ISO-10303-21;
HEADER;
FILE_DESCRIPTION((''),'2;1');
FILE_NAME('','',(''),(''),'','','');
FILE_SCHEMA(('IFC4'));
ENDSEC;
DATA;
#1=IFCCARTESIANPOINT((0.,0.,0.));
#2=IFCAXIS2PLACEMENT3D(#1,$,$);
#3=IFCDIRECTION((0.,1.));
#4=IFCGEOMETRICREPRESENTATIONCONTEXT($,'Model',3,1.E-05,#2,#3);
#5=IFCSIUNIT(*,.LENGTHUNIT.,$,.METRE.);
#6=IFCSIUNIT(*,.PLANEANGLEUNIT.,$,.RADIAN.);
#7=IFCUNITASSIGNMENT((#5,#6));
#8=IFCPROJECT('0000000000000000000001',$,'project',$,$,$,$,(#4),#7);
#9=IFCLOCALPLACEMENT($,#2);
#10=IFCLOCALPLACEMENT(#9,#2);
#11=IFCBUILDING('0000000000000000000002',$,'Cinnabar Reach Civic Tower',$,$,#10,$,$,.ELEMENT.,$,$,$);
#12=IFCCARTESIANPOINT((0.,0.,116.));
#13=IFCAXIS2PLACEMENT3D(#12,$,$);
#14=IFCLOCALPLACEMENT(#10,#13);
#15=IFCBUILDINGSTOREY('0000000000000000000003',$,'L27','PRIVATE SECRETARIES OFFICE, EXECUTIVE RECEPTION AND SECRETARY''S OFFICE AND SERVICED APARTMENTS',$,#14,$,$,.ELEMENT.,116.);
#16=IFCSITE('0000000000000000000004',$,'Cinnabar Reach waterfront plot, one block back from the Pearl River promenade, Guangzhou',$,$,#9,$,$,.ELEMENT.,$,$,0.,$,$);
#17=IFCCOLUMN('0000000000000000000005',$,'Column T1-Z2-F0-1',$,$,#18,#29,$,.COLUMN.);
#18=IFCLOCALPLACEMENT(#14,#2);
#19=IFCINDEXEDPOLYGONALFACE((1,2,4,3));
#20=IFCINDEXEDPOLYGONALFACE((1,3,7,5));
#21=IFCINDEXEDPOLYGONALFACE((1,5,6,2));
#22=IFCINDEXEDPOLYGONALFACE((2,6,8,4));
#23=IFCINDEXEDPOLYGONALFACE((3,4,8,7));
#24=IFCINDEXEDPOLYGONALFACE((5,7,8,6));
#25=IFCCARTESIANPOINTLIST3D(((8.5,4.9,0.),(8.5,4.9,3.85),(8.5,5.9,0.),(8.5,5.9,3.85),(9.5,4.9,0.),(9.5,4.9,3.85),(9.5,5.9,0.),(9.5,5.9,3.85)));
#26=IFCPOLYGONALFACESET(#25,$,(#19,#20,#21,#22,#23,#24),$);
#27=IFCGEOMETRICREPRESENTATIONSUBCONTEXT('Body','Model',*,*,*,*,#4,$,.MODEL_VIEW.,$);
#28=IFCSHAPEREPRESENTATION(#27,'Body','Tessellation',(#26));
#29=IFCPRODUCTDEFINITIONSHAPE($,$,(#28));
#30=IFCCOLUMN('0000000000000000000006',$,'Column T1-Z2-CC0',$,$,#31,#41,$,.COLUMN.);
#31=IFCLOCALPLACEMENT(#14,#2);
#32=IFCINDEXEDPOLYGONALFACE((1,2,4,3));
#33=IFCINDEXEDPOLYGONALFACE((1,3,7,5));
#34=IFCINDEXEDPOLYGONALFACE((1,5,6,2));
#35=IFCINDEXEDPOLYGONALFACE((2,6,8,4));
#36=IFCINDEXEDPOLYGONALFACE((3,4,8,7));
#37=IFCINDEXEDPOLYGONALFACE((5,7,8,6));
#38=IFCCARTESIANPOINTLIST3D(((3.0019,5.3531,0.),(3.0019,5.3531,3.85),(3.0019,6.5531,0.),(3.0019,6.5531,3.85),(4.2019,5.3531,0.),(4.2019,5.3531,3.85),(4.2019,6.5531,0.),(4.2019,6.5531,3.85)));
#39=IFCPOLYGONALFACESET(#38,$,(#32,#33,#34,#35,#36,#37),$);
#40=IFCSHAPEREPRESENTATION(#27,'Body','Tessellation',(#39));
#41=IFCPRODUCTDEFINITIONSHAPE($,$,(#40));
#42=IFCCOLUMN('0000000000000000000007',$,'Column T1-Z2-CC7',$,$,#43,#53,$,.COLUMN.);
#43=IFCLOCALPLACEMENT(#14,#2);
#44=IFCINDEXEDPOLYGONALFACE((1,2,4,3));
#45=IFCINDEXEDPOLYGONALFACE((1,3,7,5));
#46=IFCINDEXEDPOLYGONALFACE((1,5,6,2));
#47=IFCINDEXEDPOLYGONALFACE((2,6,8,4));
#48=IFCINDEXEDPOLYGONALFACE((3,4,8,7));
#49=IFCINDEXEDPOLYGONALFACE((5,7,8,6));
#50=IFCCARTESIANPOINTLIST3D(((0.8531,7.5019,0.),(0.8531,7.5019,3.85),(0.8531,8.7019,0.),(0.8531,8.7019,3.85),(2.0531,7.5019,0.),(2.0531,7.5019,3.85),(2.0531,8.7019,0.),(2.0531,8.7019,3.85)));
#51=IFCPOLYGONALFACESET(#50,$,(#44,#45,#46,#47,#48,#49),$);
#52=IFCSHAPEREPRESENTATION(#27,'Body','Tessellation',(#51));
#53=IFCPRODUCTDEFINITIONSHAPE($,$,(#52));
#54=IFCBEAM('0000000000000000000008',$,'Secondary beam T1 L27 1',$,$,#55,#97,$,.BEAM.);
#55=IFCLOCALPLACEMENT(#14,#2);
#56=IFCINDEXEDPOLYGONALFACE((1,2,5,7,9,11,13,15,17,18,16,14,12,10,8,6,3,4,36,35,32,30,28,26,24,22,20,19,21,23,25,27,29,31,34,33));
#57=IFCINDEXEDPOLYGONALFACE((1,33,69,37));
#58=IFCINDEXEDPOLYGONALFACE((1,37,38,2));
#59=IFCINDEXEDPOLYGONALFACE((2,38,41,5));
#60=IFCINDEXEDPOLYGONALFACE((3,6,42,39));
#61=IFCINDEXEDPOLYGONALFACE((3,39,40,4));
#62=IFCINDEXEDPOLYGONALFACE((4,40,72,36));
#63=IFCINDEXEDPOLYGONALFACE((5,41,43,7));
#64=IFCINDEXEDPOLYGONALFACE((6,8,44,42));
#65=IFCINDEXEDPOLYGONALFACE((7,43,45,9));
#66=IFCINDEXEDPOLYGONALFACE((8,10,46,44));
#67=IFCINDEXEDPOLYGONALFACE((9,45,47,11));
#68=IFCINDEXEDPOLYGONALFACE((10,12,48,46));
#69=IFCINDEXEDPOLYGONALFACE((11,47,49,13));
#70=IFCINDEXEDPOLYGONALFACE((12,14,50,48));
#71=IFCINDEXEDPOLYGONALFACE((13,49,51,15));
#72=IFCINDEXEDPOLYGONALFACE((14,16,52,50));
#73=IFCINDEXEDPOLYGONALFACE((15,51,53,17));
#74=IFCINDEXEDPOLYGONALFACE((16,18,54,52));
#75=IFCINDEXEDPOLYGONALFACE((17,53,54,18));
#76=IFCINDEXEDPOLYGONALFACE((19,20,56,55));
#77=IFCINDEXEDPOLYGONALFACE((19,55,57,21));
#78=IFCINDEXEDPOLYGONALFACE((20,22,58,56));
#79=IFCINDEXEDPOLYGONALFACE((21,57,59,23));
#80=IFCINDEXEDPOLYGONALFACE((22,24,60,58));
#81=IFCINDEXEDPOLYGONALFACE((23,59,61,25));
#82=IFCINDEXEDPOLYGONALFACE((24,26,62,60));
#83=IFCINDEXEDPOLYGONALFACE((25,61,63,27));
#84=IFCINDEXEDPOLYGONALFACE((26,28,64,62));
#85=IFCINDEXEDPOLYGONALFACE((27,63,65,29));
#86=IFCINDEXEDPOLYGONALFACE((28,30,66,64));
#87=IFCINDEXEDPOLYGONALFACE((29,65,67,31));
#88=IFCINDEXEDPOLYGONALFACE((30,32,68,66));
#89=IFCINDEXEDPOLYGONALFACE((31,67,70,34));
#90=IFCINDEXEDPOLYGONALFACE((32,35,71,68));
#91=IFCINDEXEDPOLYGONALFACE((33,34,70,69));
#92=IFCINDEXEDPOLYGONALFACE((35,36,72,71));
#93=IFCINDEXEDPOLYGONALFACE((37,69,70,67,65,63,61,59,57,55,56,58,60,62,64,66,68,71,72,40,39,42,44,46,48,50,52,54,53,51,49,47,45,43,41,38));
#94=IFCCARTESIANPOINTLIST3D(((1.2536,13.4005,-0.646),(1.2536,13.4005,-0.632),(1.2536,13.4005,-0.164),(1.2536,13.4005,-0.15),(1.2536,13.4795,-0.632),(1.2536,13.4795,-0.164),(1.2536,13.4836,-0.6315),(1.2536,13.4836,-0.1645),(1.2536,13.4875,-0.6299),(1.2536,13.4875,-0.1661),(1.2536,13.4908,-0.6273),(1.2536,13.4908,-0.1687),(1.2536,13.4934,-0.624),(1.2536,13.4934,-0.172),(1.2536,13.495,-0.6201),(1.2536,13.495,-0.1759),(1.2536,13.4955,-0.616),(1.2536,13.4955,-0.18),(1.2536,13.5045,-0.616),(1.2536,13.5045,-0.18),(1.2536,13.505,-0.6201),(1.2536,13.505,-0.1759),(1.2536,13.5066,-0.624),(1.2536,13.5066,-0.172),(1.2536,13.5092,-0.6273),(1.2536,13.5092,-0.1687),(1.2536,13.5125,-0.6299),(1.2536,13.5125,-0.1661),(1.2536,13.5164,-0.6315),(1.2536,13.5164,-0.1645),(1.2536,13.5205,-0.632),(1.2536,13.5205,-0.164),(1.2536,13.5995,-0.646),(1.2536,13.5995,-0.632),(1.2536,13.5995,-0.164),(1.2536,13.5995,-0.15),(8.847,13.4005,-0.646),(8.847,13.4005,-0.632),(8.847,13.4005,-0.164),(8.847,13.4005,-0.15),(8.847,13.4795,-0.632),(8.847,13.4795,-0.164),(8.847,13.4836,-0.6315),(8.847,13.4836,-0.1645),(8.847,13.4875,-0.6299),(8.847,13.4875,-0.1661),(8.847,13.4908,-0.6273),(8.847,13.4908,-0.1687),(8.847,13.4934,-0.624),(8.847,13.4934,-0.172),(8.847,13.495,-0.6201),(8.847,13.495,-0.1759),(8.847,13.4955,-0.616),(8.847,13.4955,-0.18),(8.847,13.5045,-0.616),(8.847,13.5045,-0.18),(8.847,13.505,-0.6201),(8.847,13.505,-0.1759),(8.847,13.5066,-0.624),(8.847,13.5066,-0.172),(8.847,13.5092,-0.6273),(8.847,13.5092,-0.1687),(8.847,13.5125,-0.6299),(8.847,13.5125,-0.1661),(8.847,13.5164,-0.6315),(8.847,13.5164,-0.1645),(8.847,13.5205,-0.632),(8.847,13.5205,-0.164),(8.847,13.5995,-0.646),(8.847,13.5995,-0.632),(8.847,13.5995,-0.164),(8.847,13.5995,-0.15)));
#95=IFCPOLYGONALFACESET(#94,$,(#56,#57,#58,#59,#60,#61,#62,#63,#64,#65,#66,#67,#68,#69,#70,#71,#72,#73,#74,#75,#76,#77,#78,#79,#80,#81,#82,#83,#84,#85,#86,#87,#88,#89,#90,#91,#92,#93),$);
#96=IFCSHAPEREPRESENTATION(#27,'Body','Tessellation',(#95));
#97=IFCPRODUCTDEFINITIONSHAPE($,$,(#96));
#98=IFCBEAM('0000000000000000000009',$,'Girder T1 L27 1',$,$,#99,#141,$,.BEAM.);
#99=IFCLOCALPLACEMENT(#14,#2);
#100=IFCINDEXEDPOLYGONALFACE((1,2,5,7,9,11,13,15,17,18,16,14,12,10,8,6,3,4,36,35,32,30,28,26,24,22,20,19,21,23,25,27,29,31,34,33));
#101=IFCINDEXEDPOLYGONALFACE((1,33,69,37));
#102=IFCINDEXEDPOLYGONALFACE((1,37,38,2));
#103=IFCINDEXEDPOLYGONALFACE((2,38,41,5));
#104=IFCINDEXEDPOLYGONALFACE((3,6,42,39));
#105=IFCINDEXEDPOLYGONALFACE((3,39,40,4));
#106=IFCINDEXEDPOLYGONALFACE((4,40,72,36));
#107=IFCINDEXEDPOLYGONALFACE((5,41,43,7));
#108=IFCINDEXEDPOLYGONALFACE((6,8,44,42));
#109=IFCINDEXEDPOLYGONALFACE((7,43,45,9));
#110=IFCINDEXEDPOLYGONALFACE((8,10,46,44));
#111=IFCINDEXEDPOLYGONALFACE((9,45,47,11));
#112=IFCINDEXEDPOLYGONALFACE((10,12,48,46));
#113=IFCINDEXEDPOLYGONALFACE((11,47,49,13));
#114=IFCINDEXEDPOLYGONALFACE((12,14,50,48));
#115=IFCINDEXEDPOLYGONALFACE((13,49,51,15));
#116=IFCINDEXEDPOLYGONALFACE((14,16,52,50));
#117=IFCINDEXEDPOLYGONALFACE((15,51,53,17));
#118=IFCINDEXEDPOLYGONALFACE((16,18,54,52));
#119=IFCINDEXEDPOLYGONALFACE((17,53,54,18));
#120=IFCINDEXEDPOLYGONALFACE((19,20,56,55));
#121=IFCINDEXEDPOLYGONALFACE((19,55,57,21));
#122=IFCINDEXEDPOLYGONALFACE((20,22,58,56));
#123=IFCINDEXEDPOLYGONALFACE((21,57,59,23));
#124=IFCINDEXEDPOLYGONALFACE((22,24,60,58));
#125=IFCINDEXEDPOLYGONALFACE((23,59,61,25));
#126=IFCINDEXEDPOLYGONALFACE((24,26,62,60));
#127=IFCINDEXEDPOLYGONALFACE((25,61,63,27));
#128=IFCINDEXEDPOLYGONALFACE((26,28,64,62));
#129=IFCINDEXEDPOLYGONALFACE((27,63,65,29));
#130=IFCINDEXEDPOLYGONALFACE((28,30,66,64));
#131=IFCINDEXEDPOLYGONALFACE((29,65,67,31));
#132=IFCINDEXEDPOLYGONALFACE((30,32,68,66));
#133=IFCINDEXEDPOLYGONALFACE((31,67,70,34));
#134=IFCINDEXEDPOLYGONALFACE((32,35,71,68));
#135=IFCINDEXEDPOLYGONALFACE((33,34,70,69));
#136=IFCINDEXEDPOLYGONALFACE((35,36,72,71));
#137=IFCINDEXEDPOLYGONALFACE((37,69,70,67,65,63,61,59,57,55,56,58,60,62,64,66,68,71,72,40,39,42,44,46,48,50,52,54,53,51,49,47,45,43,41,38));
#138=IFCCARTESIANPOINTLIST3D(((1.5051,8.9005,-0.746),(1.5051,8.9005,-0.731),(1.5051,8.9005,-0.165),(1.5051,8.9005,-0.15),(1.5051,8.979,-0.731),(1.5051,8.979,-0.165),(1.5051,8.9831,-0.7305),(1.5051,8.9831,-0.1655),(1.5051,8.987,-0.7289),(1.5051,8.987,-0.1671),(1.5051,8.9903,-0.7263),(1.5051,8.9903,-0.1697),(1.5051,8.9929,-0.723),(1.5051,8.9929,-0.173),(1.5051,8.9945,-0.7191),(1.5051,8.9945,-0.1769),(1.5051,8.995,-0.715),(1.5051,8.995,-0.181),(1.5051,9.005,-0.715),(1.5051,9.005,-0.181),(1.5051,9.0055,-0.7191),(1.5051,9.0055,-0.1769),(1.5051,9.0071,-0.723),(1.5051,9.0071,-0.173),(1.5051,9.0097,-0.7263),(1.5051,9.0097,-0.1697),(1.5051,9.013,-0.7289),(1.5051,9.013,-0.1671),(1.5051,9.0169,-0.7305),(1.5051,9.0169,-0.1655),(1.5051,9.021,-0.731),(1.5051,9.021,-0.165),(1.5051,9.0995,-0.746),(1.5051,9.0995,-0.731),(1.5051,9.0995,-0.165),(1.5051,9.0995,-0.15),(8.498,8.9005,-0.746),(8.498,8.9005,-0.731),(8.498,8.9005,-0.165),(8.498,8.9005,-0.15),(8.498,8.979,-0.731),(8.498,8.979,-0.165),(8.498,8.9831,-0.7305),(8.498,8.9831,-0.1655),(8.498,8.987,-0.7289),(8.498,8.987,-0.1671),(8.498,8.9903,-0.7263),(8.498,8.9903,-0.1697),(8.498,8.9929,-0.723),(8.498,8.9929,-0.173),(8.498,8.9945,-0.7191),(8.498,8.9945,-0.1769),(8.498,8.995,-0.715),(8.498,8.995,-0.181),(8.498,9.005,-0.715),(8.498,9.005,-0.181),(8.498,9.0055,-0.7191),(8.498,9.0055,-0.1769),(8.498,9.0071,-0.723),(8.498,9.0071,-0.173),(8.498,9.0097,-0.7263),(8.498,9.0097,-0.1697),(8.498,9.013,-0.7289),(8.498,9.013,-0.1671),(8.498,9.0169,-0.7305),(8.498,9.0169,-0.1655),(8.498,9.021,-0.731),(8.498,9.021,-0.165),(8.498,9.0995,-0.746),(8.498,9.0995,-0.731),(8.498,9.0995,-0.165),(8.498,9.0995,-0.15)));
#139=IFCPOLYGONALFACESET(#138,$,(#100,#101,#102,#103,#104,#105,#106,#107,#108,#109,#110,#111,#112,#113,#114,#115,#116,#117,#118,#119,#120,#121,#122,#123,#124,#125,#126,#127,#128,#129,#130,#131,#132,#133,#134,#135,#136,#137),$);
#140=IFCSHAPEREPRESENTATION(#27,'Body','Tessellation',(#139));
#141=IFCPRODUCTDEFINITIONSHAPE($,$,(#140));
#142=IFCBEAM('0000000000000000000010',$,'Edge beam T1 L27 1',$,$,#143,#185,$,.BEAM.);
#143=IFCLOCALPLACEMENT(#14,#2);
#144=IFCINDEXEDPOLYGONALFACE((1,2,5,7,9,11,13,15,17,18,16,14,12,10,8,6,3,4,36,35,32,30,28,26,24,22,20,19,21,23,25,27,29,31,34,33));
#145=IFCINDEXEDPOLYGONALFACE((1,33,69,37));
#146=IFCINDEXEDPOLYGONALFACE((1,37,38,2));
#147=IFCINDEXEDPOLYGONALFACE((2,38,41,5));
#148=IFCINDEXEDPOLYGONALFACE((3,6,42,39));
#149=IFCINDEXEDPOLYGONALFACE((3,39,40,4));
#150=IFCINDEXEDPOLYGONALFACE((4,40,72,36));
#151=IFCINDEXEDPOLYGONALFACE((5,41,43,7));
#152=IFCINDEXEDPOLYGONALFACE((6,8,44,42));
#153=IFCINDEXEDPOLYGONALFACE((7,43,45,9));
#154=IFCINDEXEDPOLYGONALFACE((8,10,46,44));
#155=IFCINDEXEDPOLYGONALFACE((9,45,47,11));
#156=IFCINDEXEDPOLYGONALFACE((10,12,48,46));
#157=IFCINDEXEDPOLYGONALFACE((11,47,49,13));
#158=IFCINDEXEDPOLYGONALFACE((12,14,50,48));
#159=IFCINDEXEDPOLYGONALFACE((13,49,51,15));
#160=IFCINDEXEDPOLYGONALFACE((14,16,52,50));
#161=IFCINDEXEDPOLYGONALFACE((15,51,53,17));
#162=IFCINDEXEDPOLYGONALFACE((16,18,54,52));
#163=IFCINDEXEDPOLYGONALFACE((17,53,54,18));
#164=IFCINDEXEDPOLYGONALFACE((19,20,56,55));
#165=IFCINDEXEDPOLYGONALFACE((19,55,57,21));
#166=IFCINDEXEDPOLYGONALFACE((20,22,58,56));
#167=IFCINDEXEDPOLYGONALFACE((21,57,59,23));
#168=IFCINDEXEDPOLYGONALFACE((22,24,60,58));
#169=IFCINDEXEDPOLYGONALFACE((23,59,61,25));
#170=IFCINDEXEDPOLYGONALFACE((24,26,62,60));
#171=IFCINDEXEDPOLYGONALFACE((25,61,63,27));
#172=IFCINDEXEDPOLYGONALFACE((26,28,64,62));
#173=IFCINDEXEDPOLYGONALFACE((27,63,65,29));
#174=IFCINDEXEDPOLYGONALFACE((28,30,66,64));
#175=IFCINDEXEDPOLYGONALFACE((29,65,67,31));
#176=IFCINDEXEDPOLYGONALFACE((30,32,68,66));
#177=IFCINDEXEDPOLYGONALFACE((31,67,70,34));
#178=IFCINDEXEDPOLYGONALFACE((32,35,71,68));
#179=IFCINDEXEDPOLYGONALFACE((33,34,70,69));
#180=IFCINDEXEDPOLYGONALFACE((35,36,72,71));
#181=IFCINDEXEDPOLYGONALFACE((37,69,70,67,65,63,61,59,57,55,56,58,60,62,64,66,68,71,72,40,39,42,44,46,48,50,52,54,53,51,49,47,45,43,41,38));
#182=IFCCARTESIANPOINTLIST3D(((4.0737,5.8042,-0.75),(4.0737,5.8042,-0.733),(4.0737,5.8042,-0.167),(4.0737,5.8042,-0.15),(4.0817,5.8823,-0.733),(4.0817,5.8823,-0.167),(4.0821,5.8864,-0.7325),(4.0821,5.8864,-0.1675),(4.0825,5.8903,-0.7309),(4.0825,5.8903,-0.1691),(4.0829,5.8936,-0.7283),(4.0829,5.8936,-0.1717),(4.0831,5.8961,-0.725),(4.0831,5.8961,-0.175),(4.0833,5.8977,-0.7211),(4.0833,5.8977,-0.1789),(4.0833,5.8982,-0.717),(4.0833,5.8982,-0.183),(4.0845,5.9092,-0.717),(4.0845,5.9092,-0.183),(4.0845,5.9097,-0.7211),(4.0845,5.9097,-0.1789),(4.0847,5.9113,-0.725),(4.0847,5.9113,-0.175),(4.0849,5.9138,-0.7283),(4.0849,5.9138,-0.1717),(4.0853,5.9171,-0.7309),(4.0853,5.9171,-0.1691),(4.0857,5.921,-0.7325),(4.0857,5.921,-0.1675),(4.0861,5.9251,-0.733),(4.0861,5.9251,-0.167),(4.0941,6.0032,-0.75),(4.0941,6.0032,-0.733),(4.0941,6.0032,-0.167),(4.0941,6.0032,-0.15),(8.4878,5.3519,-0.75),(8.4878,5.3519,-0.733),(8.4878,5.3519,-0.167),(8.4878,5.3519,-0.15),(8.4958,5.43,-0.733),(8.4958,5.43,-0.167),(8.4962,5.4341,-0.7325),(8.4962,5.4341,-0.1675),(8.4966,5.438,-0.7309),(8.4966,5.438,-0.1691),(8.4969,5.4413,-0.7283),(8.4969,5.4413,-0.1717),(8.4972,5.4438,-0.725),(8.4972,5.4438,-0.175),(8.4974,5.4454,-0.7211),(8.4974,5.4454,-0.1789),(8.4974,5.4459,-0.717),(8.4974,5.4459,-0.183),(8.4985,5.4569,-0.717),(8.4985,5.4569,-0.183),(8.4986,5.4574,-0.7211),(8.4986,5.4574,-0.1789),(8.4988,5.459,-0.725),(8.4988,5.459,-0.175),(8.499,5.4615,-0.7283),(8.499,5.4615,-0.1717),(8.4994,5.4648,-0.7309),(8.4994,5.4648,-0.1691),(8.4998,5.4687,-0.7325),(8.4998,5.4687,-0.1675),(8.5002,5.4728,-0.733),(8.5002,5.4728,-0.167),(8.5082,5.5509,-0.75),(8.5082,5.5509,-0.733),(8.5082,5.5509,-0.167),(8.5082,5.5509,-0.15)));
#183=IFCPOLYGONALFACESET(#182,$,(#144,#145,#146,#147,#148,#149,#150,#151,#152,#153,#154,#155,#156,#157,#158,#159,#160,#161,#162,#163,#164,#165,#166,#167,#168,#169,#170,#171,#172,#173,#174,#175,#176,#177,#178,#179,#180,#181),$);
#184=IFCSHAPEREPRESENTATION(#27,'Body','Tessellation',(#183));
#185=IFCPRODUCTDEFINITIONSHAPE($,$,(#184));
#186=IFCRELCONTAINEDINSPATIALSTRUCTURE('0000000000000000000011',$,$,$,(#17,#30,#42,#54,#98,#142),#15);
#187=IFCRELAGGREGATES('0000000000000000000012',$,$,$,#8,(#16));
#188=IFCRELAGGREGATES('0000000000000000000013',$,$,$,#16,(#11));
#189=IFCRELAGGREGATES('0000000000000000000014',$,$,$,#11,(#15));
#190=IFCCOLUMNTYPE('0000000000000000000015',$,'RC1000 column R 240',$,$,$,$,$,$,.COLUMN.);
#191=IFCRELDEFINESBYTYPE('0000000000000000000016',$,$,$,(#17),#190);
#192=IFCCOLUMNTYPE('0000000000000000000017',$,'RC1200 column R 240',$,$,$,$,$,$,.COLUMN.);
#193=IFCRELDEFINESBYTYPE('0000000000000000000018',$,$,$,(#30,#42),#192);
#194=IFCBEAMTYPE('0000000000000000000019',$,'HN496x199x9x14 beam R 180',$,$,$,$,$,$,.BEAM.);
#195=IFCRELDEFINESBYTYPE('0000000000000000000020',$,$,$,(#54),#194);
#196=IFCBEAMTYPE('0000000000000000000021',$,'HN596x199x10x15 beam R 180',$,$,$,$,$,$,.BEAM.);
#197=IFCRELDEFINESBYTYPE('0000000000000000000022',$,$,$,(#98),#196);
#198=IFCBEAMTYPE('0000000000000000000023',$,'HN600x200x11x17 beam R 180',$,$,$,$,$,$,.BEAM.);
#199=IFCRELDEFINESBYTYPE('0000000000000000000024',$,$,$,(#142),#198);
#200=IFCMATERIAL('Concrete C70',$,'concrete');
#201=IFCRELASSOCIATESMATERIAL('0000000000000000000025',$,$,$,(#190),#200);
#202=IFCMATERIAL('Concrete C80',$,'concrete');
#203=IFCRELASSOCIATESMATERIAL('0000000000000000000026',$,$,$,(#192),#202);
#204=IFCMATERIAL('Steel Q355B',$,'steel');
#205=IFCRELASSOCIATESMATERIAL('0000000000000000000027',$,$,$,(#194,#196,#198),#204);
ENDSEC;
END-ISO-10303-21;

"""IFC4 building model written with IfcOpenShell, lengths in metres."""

from ifc_helpers import new_model, si_unit, direction, frame, origin, origin_2d, place, context, subcontext, project, spatial, rectangle, i_section, extrude, material, material_profile, profile_set, type_object, element, save


model = new_model("IFC4")

# Units and contexts
model_context = context("Model", 3, precision=1e-05, world=origin(), true_north=direction((0.0, 1.0)))
body_context = subcontext(model_context, "Body", "Model", "MODEL_VIEW")
ifc_project = project(units=[si_unit("LENGTHUNIT", "METRE"), si_unit("PLANEANGLEUNIT", "RADIAN")], contexts=[model_context])

# Site, building, storey
site_placement = place(None, origin())
site = spatial("IfcSite", under=ifc_project, at=site_placement, Name="Cinnabar Reach waterfront plot, one block back from the Pearl River promenade, Guangzhou", CompositionType="ELEMENT", RefElevation=0.0)
building_placement = place(site_placement, origin())
building = spatial("IfcBuilding", under=site, at=building_placement, Name="Cinnabar Reach Civic Tower", CompositionType="ELEMENT")
storey_placement = place(building_placement, frame((0.0, 0.0, 116.0)))
storey = spatial("IfcBuildingStorey", under=building, at=storey_placement, Name="L27", Description="PRIVATE SECRETARIES OFFICE, EXECUTIVE RECEPTION AND SECRETARY'S OFFICE AND SERVICED APARTMENTS", CompositionType="ELEMENT", Elevation=116.0)

# Columns
ifc_material_1 = material(Name="Concrete C70", Category="concrete")
ifc_material_profile_1 = material_profile(ifc_material_1, rectangle(XDim=1.0, YDim=1.0, at=origin_2d()), Name="RC1000")
ifc_profile_set_1 = profile_set([ifc_material_profile_1], Name="Concrete C70")
column_type_1 = type_object("IfcColumnType", Name="RC1000 column R 240", PredefinedType="COLUMN", material=ifc_profile_set_1)
column_placement = place(storey_placement, frame((9.0, 5.4, 0.0), z_axis=(0.0, 0.0, 1.0), x_axis=(1.0, 0.0, 0.0)))
element("IfcColumn", 1, at=column_placement, inside=storey, type_object=column_type_1, Name="Column T1-Z2-F0-1", PredefinedType="COLUMN", context=body_context, shape_type="SweptSolid", body=[
    extrude(rectangle(XDim=1.0, YDim=1.0, at=origin_2d()), origin(), (0.0, 0.0, 1.0), 3.85),
])
ifc_material_2 = material(Name="Concrete C80", Category="concrete")
ifc_material_profile_2 = material_profile(ifc_material_2, rectangle(XDim=1.2, YDim=1.2, at=origin_2d()), Name="RC1200")
ifc_profile_set_2 = profile_set([ifc_material_profile_2], Name="Concrete C80")
column_type_2 = type_object("IfcColumnType", Name="RC1200 column R 240", PredefinedType="COLUMN", material=ifc_profile_set_2)
for number, where, z_axis, x_axis, name in (
    (2, (3.6019, 5.9531, 0.0), (0.0, 0.0, 1.0), (1.0, 0.0, 0.0), "Column T1-Z2-CC0"),
    (3, (1.4531, 8.1019, 0.0), (0.0, 0.0, 1.0), (1.0, 0.0, 0.0), "Column T1-Z2-CC7"),
):
    element("IfcColumn", number, at=place(storey_placement, frame(where, z_axis=z_axis, x_axis=x_axis)), inside=storey, type_object=column_type_2, Name=name, PredefinedType="COLUMN", context=body_context, shape_type="SweptSolid", body=[
        extrude(rectangle(XDim=1.2, YDim=1.2, at=origin_2d()), origin(), (0.0, 0.0, 1.0), 3.85),
    ])

# Beams
ifc_material_3 = material(Name="Steel Q355B", Category="steel")
ifc_material_profile_3 = material_profile(ifc_material_3, i_section(OverallWidth=0.199, OverallDepth=0.496, WebThickness=0.009, FlangeThickness=0.014, FilletRadius=0.016, at=origin_2d()), Name="HN496x199x9x14")
ifc_profile_set_3 = profile_set([ifc_material_profile_3], Name="Steel Q355B")
beam_type_1 = type_object("IfcBeamType", Name="HN496x199x9x14 beam R 180", PredefinedType="BEAM", material=ifc_profile_set_3)
beam_1_placement = place(storey_placement, frame((1.2536, 13.5, -0.398), z_axis=(1.0, 0.0, 0.0), x_axis=(0.0, 1.0, 0.0)))
element("IfcBeam", 4, at=beam_1_placement, inside=storey, type_object=beam_type_1, Name="Secondary beam T1 L27 1", PredefinedType="BEAM", context=body_context, shape_type="SweptSolid", body=[
    extrude(i_section(OverallWidth=0.199, OverallDepth=0.496, WebThickness=0.009, FlangeThickness=0.014, FilletRadius=0.016, at=origin_2d()), origin(), (0.0, 0.0, 1.0), 7.5934),
])
ifc_material_profile_4 = material_profile(ifc_material_3, i_section(OverallWidth=0.199, OverallDepth=0.596, WebThickness=0.01, FlangeThickness=0.015, FilletRadius=0.016, at=origin_2d()), Name="HN596x199x10x15")
ifc_profile_set_4 = profile_set([ifc_material_profile_4], Name="Steel Q355B")
beam_type_2 = type_object("IfcBeamType", Name="HN596x199x10x15 beam R 180", PredefinedType="BEAM", material=ifc_profile_set_4)
beam_2_placement = place(storey_placement, frame((1.5051, 9.0, -0.448), z_axis=(1.0, 0.0, 0.0), x_axis=(0.0, 1.0, 0.0)))
element("IfcBeam", 5, at=beam_2_placement, inside=storey, type_object=beam_type_2, Name="Girder T1 L27 1", PredefinedType="BEAM", context=body_context, shape_type="SweptSolid", body=[
    extrude(i_section(OverallWidth=0.199, OverallDepth=0.596, WebThickness=0.01, FlangeThickness=0.015, FilletRadius=0.016, at=origin_2d()), origin(), (0.0, 0.0, 1.0), 6.9929),
])
ifc_material_profile_5 = material_profile(ifc_material_3, i_section(OverallWidth=0.2, OverallDepth=0.6, WebThickness=0.011, FlangeThickness=0.017, FilletRadius=0.016, at=origin_2d()), Name="HN600x200x11x17")
ifc_profile_set_5 = profile_set([ifc_material_profile_5], Name="Steel Q355B")
beam_type_3 = type_object("IfcBeamType", Name="HN600x200x11x17 beam R 180", PredefinedType="BEAM", material=ifc_profile_set_5)
beam_3_placement = place(storey_placement, frame((4.0839, 5.9037, -0.45), z_axis=(0.994791, -0.101933, 0.0), x_axis=(0.101933, 0.994791, 0.0)))
element("IfcBeam", 6, at=beam_3_placement, inside=storey, type_object=beam_type_3, Name="Edge beam T1 L27 1", PredefinedType="BEAM", context=body_context, shape_type="SweptSolid", body=[
    extrude(i_section(OverallWidth=0.2, OverallDepth=0.6, WebThickness=0.011, FlangeThickness=0.017, FilletRadius=0.016, at=origin_2d()), origin(), (0.0, 0.0, 1.0), 4.4372),
])

save(model, "model.ifc")
